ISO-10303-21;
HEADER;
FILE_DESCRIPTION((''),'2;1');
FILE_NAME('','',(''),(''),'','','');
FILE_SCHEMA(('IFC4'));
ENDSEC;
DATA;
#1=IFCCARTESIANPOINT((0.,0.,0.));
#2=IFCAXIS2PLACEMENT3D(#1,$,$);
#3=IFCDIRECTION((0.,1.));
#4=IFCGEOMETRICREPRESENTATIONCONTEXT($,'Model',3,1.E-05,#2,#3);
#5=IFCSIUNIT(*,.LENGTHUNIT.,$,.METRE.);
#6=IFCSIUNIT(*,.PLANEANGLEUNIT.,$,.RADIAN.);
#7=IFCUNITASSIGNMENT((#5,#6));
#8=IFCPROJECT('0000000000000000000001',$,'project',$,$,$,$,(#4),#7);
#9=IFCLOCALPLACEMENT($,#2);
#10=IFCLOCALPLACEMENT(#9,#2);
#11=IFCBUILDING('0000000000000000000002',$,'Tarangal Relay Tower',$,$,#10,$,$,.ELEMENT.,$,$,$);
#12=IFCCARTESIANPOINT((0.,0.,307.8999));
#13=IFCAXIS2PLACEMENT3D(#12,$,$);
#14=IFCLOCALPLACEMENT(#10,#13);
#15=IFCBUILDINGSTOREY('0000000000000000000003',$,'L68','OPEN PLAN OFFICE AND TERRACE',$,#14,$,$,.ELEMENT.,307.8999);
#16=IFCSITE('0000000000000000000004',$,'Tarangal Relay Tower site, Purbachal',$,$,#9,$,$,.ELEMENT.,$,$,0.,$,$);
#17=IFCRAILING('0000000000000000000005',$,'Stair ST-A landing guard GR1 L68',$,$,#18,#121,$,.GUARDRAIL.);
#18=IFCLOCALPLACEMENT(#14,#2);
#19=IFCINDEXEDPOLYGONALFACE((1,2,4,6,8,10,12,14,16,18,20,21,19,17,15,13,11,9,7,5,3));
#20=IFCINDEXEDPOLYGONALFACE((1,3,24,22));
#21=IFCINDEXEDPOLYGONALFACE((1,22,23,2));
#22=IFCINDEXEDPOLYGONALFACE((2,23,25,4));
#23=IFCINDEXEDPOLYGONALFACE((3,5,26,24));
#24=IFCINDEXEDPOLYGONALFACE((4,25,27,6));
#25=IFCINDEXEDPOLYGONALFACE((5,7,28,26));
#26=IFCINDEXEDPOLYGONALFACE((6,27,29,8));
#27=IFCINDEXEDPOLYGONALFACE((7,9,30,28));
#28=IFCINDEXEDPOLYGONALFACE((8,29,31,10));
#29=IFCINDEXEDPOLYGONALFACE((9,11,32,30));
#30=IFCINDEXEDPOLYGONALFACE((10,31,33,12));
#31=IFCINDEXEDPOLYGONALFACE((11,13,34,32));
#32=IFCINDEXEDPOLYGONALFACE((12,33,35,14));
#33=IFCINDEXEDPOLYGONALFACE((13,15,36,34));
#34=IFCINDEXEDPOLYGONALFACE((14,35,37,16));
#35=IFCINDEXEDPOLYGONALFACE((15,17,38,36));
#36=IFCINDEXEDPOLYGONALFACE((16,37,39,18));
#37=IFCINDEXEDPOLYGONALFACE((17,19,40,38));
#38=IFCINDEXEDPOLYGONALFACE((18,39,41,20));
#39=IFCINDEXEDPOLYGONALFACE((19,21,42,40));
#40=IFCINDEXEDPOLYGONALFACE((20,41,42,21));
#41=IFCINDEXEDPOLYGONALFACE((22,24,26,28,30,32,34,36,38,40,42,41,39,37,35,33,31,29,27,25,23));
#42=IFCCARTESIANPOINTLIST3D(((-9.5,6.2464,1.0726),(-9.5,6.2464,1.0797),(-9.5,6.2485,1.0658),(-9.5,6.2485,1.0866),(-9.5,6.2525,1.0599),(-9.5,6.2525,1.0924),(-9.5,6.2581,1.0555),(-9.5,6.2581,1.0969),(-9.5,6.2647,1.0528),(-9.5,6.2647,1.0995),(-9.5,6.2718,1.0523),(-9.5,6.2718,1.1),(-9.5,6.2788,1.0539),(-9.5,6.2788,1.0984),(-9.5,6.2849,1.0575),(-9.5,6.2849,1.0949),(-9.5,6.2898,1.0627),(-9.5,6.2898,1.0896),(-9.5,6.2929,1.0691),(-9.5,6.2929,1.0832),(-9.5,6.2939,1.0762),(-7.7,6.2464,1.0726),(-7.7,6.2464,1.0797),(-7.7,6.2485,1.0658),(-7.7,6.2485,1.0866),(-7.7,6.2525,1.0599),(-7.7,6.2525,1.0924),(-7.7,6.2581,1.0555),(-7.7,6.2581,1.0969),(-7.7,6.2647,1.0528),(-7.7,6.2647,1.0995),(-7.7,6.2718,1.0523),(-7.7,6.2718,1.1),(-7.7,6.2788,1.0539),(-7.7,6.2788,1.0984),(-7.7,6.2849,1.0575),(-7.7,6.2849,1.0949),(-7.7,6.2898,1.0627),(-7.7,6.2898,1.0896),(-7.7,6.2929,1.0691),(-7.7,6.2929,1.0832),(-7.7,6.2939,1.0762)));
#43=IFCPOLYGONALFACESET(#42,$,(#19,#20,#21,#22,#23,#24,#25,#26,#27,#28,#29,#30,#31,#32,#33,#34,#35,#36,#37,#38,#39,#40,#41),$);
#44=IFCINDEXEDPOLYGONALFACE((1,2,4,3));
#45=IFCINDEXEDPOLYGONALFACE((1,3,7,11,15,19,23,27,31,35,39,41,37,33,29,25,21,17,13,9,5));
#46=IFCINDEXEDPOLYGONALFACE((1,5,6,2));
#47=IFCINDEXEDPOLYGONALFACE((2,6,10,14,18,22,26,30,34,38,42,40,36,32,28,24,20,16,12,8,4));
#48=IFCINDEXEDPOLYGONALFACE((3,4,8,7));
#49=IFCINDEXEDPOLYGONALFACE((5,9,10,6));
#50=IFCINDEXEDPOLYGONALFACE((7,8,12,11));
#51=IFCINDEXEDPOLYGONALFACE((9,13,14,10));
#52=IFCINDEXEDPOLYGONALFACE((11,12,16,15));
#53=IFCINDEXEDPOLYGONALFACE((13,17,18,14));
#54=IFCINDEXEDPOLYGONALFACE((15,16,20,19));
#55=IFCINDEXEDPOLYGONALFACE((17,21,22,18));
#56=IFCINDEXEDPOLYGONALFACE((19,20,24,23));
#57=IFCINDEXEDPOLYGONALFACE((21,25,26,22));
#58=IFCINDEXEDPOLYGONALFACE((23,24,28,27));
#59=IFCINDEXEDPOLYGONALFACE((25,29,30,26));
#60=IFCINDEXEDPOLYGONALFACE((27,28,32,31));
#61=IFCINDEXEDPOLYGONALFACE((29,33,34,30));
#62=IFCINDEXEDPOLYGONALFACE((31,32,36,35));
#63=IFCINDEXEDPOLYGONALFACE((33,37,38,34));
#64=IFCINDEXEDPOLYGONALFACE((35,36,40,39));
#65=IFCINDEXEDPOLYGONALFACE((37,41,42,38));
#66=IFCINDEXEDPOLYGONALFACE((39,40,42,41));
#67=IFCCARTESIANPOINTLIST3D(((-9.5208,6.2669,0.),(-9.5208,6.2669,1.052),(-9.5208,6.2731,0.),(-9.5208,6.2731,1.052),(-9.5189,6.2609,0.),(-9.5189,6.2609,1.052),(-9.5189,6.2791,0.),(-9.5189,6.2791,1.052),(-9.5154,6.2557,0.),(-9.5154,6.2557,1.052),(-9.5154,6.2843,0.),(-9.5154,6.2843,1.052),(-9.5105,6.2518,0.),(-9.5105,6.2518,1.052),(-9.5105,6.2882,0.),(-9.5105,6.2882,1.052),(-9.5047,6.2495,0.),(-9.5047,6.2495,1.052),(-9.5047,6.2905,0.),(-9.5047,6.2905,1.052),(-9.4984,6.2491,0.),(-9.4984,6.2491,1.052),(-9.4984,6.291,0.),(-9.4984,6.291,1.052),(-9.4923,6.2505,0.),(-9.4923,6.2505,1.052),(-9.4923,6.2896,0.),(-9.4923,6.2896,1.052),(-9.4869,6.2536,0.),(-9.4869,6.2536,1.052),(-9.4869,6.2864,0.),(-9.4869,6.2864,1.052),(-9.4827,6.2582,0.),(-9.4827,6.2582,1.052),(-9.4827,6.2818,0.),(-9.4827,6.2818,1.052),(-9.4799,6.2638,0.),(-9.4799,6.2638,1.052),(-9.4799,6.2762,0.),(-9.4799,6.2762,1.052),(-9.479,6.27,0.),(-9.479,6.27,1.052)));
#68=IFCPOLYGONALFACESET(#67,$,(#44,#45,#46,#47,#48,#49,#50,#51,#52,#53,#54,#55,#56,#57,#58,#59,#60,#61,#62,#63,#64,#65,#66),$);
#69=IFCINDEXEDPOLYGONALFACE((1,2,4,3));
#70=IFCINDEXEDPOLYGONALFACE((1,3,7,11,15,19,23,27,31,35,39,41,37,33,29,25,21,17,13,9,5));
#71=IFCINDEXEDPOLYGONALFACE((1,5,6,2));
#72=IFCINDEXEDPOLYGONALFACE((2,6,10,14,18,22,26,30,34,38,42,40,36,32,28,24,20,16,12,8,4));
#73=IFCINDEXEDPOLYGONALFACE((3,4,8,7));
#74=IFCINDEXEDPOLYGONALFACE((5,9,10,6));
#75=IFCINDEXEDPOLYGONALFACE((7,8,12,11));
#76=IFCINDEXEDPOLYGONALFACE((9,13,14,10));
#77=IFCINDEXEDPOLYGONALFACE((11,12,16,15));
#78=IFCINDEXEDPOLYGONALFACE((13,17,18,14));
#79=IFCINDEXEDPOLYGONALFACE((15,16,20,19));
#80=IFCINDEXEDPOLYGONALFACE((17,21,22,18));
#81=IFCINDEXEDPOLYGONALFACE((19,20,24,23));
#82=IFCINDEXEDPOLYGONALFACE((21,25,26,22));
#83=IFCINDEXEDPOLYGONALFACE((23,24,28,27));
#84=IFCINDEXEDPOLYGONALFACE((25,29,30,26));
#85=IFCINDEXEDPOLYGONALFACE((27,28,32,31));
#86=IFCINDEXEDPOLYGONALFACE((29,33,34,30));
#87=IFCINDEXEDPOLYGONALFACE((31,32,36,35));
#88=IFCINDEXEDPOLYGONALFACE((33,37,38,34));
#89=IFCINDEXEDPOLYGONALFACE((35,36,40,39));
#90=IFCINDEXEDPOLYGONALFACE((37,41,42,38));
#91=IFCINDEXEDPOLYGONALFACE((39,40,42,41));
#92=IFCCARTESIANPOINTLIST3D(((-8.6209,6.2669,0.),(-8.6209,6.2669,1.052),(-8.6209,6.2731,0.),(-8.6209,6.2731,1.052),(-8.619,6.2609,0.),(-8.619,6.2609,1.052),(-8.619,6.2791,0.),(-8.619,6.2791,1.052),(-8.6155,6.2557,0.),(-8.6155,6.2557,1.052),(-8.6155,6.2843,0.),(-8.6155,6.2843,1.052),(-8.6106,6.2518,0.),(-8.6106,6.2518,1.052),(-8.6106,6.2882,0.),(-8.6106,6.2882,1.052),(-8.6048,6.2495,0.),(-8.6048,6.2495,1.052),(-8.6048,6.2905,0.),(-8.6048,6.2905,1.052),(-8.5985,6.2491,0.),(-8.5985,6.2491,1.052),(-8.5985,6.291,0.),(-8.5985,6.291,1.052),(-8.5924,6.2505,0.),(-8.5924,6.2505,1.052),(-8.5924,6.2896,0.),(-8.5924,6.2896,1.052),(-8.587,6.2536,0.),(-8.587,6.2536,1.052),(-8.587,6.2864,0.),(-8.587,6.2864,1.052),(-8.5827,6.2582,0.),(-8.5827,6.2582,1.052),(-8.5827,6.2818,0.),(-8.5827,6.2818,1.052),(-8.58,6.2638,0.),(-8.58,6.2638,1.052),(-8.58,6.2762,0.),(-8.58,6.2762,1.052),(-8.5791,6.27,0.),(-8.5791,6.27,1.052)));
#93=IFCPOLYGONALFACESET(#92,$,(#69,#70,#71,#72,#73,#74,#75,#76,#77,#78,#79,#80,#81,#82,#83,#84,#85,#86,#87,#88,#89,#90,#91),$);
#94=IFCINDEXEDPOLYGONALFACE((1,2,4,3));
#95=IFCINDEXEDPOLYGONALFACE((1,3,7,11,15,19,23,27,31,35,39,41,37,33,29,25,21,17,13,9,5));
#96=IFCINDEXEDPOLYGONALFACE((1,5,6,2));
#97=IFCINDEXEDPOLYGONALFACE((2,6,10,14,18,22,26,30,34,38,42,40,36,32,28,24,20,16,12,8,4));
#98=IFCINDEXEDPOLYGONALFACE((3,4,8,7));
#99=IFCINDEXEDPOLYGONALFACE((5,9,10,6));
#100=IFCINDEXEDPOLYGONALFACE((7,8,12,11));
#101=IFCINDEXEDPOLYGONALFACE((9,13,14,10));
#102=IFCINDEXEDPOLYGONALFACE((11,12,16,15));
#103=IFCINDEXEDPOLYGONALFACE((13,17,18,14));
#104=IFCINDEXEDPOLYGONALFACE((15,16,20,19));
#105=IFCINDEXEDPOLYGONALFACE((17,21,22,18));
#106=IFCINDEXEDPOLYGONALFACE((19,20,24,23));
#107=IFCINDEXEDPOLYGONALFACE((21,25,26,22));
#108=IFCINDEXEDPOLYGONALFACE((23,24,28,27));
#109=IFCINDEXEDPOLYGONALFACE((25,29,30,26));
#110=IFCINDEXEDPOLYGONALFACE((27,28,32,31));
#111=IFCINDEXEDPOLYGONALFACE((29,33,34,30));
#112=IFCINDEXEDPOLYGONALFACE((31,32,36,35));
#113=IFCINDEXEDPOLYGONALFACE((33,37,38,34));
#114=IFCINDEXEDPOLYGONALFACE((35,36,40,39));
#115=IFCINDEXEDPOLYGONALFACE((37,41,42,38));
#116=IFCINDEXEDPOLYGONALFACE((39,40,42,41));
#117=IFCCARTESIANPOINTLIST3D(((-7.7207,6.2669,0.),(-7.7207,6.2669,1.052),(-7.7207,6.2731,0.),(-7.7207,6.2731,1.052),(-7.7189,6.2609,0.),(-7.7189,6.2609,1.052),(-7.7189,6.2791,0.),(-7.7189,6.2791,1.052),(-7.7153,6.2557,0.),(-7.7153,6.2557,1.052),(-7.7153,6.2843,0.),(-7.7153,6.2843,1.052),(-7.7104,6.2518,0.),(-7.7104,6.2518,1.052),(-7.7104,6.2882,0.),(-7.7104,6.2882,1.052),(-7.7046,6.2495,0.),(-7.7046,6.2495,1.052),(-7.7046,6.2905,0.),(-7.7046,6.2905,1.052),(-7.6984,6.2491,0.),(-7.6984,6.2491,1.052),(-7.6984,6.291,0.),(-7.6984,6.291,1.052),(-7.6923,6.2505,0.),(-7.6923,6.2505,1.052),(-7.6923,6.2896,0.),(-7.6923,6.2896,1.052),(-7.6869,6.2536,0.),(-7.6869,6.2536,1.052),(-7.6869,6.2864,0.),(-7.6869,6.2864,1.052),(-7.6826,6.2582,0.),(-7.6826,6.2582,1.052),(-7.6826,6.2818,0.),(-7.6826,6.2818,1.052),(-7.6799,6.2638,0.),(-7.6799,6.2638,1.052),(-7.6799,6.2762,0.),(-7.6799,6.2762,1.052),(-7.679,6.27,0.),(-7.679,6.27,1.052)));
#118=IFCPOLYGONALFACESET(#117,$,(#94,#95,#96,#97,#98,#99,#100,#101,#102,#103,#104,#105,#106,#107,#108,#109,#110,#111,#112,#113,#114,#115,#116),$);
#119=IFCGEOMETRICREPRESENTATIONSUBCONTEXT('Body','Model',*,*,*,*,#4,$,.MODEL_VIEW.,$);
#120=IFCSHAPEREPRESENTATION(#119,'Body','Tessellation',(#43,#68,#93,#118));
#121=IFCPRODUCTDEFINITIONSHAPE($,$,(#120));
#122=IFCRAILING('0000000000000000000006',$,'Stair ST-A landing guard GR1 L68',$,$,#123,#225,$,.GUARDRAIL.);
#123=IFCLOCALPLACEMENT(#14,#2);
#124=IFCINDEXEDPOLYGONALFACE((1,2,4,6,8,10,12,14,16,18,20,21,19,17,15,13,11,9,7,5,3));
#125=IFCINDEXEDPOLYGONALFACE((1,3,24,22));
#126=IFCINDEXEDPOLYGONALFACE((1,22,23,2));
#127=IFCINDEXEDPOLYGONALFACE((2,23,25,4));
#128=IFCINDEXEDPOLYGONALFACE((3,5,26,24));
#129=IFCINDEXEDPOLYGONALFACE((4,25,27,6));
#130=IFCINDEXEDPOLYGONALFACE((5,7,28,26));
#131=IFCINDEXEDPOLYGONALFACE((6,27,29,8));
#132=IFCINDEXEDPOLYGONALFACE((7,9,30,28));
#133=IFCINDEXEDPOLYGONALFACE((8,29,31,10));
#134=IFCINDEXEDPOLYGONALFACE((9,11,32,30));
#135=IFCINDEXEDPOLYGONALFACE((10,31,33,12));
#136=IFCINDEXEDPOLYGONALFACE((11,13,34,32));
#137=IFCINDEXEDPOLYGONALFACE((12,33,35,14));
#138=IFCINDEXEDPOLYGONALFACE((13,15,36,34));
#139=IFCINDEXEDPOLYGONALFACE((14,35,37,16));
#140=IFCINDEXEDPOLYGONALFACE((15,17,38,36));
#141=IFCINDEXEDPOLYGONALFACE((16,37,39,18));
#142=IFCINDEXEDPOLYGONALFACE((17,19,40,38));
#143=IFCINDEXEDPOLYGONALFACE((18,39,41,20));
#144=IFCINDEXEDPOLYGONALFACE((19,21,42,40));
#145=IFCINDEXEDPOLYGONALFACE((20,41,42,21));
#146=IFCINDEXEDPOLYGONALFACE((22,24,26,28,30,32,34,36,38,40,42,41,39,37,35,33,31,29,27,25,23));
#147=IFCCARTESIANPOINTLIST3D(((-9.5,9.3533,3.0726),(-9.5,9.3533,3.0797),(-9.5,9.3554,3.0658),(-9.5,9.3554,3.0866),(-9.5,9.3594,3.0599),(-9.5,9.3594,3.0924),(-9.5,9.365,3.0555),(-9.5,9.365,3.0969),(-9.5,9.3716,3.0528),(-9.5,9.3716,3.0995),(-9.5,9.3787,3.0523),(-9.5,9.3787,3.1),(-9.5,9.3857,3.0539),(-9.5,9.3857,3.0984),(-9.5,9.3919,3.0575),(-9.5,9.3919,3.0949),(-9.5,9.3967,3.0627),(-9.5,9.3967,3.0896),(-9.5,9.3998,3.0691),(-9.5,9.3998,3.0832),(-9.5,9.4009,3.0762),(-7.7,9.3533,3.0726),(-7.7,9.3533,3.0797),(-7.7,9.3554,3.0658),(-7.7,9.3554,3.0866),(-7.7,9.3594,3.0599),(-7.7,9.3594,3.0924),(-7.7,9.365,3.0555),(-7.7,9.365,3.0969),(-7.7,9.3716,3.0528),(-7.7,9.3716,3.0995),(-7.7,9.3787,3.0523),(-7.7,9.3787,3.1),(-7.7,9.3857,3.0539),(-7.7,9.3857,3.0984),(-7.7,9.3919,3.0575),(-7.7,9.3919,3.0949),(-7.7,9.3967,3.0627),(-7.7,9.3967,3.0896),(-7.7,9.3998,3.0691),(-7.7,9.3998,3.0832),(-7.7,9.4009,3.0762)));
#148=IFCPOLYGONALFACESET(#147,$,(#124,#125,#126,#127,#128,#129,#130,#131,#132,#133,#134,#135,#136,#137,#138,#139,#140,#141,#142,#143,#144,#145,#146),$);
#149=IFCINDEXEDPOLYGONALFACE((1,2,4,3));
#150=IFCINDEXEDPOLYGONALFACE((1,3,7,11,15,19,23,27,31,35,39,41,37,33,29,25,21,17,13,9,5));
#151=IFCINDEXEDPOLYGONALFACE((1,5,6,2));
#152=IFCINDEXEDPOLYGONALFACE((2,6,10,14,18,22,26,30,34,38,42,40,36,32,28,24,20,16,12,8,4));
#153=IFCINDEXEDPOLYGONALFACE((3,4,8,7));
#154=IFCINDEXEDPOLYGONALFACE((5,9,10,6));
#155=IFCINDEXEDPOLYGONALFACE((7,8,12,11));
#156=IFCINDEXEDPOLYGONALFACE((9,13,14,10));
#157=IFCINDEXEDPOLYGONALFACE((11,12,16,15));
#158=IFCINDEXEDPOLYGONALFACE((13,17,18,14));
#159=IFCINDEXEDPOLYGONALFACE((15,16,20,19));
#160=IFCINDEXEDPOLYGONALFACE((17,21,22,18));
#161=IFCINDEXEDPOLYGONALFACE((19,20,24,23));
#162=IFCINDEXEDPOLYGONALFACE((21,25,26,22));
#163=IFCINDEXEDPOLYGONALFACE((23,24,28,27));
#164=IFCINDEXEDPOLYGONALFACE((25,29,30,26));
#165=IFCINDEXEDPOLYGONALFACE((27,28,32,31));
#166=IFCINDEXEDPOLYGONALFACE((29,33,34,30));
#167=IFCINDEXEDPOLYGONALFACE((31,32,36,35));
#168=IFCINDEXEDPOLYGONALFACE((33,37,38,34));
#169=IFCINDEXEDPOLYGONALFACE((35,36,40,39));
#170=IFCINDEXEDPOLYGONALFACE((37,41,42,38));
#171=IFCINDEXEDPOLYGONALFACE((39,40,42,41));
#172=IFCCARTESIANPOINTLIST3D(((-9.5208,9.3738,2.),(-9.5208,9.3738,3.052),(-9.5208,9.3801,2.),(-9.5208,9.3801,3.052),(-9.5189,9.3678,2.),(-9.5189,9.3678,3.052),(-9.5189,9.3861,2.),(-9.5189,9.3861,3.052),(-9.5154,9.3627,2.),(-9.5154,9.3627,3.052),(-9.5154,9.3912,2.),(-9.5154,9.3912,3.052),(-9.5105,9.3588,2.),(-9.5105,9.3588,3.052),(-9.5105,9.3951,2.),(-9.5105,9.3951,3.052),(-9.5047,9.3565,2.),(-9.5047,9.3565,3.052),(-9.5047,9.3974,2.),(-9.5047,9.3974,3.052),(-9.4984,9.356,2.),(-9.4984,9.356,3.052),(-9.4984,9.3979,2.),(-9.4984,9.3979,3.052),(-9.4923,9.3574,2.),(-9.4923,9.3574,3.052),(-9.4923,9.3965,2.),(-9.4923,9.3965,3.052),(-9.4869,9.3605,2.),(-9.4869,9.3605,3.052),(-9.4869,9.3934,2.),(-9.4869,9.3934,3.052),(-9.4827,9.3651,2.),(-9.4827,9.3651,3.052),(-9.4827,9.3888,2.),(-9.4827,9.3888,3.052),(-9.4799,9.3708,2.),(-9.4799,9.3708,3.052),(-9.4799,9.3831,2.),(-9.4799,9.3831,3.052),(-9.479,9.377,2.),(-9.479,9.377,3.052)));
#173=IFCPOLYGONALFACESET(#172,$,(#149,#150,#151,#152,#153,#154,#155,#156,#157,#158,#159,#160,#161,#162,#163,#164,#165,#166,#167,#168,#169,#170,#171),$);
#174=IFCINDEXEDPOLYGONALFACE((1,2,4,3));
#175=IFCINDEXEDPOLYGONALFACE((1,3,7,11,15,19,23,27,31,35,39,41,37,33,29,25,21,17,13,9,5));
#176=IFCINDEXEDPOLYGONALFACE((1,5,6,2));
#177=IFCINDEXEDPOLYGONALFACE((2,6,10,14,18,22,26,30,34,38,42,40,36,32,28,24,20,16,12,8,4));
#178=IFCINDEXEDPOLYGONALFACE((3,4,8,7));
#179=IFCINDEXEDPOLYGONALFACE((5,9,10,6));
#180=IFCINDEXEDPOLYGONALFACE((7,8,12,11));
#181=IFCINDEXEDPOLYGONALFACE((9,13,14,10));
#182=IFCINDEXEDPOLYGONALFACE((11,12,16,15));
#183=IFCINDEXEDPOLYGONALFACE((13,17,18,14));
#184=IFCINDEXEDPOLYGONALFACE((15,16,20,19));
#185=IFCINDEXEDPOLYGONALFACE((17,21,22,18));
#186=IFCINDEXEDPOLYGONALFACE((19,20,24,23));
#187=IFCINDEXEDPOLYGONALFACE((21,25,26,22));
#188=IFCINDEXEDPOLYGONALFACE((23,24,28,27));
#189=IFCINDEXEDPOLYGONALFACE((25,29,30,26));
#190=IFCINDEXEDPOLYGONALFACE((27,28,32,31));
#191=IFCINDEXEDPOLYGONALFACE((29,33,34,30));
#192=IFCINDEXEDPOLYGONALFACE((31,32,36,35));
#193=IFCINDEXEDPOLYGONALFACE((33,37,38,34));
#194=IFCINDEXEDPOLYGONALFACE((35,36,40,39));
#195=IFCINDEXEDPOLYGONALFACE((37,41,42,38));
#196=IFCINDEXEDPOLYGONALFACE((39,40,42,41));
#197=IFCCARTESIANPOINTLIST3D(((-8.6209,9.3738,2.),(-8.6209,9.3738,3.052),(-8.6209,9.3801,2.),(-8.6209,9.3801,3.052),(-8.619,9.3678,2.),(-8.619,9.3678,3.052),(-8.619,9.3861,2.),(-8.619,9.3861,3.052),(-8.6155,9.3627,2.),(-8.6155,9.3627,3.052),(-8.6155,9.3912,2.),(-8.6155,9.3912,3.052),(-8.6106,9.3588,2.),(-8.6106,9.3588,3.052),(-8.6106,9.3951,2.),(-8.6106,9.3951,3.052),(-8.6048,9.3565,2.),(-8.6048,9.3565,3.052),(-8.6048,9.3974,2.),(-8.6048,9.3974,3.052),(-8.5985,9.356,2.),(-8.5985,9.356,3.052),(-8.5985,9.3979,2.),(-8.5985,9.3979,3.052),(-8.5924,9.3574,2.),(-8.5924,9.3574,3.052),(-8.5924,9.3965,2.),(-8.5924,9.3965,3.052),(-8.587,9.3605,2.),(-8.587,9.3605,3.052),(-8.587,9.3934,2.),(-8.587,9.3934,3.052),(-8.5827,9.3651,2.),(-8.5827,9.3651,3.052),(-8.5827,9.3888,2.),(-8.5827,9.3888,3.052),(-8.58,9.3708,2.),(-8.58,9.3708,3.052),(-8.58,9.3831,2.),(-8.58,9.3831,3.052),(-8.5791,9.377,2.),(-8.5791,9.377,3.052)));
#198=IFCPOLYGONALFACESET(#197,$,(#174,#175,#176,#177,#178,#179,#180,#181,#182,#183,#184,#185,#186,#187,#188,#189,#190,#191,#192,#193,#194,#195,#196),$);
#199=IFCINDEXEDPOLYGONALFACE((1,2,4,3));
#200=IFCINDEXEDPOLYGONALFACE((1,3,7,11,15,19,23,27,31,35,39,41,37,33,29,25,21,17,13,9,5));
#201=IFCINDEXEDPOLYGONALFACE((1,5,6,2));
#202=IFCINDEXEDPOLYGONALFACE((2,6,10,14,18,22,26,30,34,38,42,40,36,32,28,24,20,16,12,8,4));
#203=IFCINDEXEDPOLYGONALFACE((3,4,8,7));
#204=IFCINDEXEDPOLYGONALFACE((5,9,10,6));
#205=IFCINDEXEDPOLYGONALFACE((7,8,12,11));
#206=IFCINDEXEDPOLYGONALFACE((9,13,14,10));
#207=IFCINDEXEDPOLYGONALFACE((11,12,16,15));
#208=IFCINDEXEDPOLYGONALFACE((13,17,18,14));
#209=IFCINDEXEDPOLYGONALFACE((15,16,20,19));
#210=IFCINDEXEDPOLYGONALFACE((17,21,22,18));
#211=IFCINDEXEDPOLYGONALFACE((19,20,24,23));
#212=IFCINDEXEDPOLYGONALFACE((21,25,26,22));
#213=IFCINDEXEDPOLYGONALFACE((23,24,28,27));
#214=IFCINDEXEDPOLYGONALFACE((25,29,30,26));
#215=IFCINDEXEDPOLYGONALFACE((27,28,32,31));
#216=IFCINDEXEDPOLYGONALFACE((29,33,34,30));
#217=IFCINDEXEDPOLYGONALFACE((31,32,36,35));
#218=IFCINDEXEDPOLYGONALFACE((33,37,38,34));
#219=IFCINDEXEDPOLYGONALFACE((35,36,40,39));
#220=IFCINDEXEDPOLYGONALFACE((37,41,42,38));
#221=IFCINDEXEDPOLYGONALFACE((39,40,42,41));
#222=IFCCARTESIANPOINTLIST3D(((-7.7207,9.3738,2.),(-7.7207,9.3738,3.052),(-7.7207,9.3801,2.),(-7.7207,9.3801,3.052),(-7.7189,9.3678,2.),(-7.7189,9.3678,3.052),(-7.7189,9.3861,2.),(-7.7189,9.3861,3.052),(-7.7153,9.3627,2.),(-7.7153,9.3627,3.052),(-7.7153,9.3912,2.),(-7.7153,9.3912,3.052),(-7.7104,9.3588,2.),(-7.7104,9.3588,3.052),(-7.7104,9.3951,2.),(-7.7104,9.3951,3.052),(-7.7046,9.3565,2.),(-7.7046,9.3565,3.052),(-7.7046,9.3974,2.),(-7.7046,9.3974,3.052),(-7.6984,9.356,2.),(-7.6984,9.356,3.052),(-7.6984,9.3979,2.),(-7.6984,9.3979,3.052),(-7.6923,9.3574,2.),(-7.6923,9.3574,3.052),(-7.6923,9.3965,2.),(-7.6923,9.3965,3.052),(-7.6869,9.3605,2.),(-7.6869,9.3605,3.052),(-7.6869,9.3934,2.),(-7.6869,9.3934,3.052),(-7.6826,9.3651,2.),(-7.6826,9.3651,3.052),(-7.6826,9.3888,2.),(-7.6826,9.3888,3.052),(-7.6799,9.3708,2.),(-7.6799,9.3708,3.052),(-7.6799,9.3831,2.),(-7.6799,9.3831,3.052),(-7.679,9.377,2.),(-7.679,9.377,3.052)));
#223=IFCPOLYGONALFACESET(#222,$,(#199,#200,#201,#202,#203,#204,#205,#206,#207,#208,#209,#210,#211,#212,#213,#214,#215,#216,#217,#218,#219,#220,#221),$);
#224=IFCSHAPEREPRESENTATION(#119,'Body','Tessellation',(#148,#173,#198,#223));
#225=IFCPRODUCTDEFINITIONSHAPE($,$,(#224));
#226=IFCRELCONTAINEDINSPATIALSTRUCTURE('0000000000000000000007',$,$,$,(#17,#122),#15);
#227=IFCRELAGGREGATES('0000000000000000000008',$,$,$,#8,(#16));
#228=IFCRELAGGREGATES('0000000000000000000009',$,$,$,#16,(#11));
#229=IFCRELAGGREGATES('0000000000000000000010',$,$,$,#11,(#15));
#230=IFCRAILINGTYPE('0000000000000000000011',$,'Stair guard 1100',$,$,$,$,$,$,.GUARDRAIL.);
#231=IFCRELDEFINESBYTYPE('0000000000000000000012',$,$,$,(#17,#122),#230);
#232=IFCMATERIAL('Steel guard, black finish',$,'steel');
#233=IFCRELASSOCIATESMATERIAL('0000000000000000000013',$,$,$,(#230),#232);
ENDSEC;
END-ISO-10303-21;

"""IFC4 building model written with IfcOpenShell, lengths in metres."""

from ifc_helpers import new_model, si_unit, direction, frame, origin, origin_2d, place, context, subcontext, project, spatial, circle, extrude, material, type_object, element, save


model = new_model("IFC4")

# Units and contexts
model_context = context("Model", 3, precision=1e-05, world=origin(), true_north=direction((0.0, 1.0)))
body_context = subcontext(model_context, "Body", "Model", "MODEL_VIEW")
ifc_project = project(units=[si_unit("LENGTHUNIT", "METRE"), si_unit("PLANEANGLEUNIT", "RADIAN")], contexts=[model_context])

# Site, building, storey
site_placement = place(None, origin())
site = spatial("IfcSite", under=ifc_project, at=site_placement, Name="Tarangal Relay Tower site, Purbachal", CompositionType="ELEMENT", RefElevation=0.0)
building_placement = place(site_placement, origin())
building = spatial("IfcBuilding", under=site, at=building_placement, Name="Tarangal Relay Tower", CompositionType="ELEMENT")
storey_placement = place(building_placement, frame((0.0, 0.0, 307.8999)))
storey = spatial("IfcBuildingStorey", under=building, at=storey_placement, Name="L68", Description="OPEN PLAN OFFICE AND TERRACE", CompositionType="ELEMENT", Elevation=307.8999)

# Railings
ifc_material_1 = material(Name="Steel guard, black finish", Category="steel")
railing_type_1 = type_object("IfcRailingType", Name="Stair guard 1100", PredefinedType="GUARDRAIL", material=ifc_material_1)
for number, where, name in (
    (1, (-9.5, 6.27, 0.0), "Stair ST-A landing guard GR1 L68"),
    (2, (-9.5, 9.377, 2.0), "Stair ST-A landing guard GR1 L68"),
):
    element("IfcRailing", number, at=place(storey_placement, frame(where)), inside=storey, type_object=railing_type_1, Name=name, PredefinedType="GUARDRAIL", context=body_context, shape_type="SweptSolid", body=[
        extrude(circle(Radius=0.0239, at=origin_2d()), frame((0.0, 0.0, 1.0762), z_axis=(1.0, 0.0, 0.0), x_axis=(0.0, 1.0, 0.0)), (0.0, 0.0, 1.0), 1.8),
        extrude(circle(Radius=0.021, at=origin_2d()), origin(), (0.0, 0.0, 1.0), 1.052),
        extrude(circle(Radius=0.021, at=origin_2d()), frame((0.8999, 0.0, 0.0)), (0.0, 0.0, 1.0), 1.052),
        extrude(circle(Radius=0.021, at=origin_2d()), frame((1.8, 0.0, 0.0)), (0.0, 0.0, 1.0), 1.052),
    ])

save(model, "model.ifc")
